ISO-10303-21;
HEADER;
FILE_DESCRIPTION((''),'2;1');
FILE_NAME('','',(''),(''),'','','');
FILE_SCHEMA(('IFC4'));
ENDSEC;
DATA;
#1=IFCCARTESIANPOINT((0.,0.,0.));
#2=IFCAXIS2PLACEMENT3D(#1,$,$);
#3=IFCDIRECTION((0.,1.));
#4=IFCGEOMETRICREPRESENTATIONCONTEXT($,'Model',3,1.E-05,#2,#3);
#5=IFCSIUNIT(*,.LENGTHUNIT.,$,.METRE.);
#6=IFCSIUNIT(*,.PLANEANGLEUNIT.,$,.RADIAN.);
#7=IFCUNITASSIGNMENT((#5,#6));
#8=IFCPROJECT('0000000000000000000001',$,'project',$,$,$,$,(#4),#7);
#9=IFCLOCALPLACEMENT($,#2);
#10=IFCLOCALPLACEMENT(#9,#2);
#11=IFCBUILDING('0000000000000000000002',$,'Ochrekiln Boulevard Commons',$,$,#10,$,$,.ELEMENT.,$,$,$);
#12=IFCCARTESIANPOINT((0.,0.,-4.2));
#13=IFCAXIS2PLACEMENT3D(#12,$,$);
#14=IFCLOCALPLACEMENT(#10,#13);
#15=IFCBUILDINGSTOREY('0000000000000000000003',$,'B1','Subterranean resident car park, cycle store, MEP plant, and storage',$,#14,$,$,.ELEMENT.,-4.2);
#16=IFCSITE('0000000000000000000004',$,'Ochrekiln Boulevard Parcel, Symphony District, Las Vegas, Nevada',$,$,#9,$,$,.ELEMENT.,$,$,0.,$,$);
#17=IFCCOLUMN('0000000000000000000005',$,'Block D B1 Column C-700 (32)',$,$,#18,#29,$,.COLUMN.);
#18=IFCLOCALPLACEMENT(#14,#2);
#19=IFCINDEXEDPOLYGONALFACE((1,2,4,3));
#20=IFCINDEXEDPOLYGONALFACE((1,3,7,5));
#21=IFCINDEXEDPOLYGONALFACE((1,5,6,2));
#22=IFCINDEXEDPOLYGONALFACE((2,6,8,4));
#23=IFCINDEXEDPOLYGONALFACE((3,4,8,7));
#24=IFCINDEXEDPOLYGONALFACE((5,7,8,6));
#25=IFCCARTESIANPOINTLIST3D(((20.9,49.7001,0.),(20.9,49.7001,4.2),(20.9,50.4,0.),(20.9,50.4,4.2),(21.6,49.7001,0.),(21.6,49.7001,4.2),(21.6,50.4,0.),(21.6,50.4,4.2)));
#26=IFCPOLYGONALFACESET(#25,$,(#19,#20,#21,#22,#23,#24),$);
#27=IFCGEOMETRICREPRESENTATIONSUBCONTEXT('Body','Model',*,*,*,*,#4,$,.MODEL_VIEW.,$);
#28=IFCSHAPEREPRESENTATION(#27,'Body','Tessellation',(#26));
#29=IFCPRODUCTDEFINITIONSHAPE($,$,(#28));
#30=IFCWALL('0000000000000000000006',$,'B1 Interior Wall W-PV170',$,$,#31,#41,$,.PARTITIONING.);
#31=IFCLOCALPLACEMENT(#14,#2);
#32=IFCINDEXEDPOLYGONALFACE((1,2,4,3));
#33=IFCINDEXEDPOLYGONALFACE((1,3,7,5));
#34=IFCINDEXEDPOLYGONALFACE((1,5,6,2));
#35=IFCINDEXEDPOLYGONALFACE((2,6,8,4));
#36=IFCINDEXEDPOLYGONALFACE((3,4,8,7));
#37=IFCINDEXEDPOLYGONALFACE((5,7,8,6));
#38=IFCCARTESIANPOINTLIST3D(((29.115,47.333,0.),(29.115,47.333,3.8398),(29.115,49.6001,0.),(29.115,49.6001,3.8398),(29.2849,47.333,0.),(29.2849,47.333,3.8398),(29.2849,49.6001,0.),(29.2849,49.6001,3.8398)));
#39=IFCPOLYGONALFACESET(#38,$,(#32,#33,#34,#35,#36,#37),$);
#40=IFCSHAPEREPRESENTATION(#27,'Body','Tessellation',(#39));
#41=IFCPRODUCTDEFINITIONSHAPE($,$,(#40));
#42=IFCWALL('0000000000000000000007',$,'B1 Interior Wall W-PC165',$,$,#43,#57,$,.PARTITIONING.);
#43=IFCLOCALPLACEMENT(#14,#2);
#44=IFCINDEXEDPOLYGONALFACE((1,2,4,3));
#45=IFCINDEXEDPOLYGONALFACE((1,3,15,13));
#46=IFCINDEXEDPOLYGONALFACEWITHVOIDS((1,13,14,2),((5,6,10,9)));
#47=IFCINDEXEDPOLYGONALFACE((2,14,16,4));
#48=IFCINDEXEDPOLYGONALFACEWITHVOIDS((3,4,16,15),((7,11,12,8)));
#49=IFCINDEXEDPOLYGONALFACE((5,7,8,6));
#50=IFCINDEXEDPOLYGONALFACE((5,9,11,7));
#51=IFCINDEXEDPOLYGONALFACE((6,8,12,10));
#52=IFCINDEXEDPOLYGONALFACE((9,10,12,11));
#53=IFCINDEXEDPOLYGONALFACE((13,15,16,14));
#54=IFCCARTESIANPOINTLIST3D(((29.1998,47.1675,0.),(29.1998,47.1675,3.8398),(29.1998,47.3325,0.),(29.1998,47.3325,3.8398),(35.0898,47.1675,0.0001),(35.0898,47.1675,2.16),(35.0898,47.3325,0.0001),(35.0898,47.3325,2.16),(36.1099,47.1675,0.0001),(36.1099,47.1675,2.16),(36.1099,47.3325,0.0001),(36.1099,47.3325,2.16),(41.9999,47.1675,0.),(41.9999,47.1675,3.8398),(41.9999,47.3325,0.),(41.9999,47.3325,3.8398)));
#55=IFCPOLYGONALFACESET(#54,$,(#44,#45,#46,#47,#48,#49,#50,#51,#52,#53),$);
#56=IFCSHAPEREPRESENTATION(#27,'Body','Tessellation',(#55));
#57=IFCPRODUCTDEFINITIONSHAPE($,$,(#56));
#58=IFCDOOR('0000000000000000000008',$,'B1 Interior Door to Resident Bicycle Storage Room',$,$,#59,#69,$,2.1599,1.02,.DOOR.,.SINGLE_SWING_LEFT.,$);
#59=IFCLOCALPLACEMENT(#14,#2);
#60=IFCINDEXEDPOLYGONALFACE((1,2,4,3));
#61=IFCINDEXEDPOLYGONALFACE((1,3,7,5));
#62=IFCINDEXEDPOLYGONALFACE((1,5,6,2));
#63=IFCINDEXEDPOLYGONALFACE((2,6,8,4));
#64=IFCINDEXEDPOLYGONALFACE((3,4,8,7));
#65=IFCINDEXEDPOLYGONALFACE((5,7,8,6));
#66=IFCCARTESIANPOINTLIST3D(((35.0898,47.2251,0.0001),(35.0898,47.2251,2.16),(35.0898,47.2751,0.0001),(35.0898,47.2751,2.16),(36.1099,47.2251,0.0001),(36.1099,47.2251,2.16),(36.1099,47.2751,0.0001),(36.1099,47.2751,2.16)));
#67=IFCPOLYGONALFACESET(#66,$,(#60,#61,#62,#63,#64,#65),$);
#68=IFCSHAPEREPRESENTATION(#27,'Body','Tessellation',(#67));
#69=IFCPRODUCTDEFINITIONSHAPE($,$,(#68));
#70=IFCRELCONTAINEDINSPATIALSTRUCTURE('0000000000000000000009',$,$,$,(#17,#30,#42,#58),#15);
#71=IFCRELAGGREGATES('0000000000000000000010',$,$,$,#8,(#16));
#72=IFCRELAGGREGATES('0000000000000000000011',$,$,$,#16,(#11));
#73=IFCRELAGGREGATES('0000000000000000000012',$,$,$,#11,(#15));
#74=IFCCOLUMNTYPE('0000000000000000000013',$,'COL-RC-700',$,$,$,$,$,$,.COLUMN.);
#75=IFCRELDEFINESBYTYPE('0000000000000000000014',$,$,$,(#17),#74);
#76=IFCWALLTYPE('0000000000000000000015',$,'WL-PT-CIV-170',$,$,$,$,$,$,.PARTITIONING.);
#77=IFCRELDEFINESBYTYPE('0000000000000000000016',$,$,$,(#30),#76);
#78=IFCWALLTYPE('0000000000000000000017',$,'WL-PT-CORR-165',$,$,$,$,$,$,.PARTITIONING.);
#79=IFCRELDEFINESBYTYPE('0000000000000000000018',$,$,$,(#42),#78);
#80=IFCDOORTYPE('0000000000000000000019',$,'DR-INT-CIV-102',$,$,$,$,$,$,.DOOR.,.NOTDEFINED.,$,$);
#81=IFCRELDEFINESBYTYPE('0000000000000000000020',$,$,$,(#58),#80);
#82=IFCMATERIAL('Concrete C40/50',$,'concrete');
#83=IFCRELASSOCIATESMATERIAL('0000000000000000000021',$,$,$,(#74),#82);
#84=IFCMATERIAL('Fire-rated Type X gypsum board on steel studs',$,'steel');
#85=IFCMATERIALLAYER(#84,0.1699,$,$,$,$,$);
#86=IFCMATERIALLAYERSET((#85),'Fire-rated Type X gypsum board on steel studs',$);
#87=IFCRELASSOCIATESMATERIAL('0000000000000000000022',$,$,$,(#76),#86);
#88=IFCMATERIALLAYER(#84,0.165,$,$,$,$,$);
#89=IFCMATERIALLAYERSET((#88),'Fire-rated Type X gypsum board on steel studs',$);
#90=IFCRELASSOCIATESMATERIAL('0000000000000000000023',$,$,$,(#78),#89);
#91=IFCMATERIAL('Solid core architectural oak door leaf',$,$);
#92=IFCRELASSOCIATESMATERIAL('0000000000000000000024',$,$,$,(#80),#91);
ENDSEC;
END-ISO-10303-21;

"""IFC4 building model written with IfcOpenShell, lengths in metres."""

from ifc_helpers import new_model, si_unit, direction, frame, frame_2d, origin, origin_2d, place, context, subcontext, project, spatial, rectangle, extrude, material, layer, layer_set, material_profile, profile_set, type_object, element, fill, save


model = new_model("IFC4")

# Units and contexts
model_context = context("Model", 3, precision=1e-05, world=origin(), true_north=direction((0.0, 1.0)))
body_context = subcontext(model_context, "Body", "Model", "MODEL_VIEW")
ifc_project = project(units=[si_unit("LENGTHUNIT", "METRE"), si_unit("PLANEANGLEUNIT", "RADIAN")], contexts=[model_context])

# Site, building, storey
site_placement = place(None, origin())
site = spatial("IfcSite", under=ifc_project, at=site_placement, Name="Ochrekiln Boulevard Parcel, Symphony District, Las Vegas, Nevada", CompositionType="ELEMENT", RefElevation=0.0)
building_placement = place(site_placement, origin())
building = spatial("IfcBuilding", under=site, at=building_placement, Name="Ochrekiln Boulevard Commons", CompositionType="ELEMENT")
storey_placement = place(building_placement, frame((0.0, 0.0, -4.2)))
storey = spatial("IfcBuildingStorey", under=building, at=storey_placement, Name="B1", Description="Subterranean resident car park, cycle store, MEP plant, and storage", CompositionType="ELEMENT", Elevation=-4.2)

# Column
ifc_material_1 = material(Name="Concrete C40/50", Category="concrete")
ifc_material_profile_1 = material_profile(ifc_material_1, rectangle(XDim=0.7, YDim=0.7, at=origin_2d()), Name="RC-COL-700x700")
ifc_profile_set_1 = profile_set([ifc_material_profile_1], Name="Concrete C40/50")
column_type_1 = type_object("IfcColumnType", Name="COL-RC-700", PredefinedType="COLUMN", material=ifc_profile_set_1)
column_placement = place(storey_placement, frame((21.25, 50.05, 0.0), z_axis=(0.0, 0.0, 1.0), x_axis=(1.0, 0.0, 0.0)))
element("IfcColumn", 1, at=column_placement, inside=storey, type_object=column_type_1, Name="Block D B1 Column C-700 (32)", PredefinedType="COLUMN", context=body_context, shape_type="SweptSolid", body=[
    extrude(rectangle(XDim=0.7, YDim=0.7, at=origin_2d()), origin(), (0.0, 0.0, 1.0), 4.2),
])

# Wall
ifc_material_2 = material(Name="Fire-rated Type X gypsum board on steel studs", Category="steel")
ifc_layer_1 = layer(ifc_material_2, 0.1699)
ifc_layer_set_1 = layer_set([ifc_layer_1], Name="Fire-rated Type X gypsum board on steel studs")
wall_type_1 = type_object("IfcWallType", Name="WL-PT-CIV-170", PredefinedType="PARTITIONING", material=ifc_layer_set_1)
wall_1_placement = place(storey_placement, frame((29.2, 47.333, 0.0), z_axis=(0.0, 0.0, 1.0), x_axis=(0.0, 1.0, 0.0)))
element("IfcWall", 2, at=wall_1_placement, inside=storey, type_object=wall_type_1, Name="B1 Interior Wall W-PV170", PredefinedType="PARTITIONING", context=body_context, shape_type="SweptSolid", body=[
    extrude(rectangle(XDim=2.2671, YDim=0.1699, at=frame_2d((1.1335, 0.0))), origin(), (0.0, 0.0, 1.0), 3.8398),
])

# Wall, opening, door
ifc_layer_2 = layer(ifc_material_2, 0.165)
ifc_layer_set_2 = layer_set([ifc_layer_2], Name="Fire-rated Type X gypsum board on steel studs")
wall_type_2 = type_object("IfcWallType", Name="WL-PT-CORR-165", PredefinedType="PARTITIONING", material=ifc_layer_set_2)
wall_2_placement = place(storey_placement, frame((29.2, 47.25, 0.0), z_axis=(0.0, 0.0, 1.0), x_axis=(1.0, 0.0, 0.0)))
wall_2 = element("IfcWall", 3, at=wall_2_placement, inside=storey, type_object=wall_type_2, Name="B1 Interior Wall W-PC165", PredefinedType="PARTITIONING", context=body_context, shape_type="SweptSolid", body=[
    extrude(rectangle(XDim=12.8, YDim=0.165, at=frame_2d((6.3999, 0.0))), origin(), (0.0, 0.0, 1.0), 3.8398),
])
opening_placement = place(wall_2_placement, frame((5.8899, 0.0, 0.0)))
opening = element("IfcOpeningElement", 4, at=opening_placement, cuts=wall_2, PredefinedType="OPENING", context=body_context, shape_type="SweptSolid", body=[
    extrude(rectangle(XDim=1.02, YDim=2.1599, at=frame_2d((0.51, 1.0801))), frame((0.0, 0.0925, 0.0), z_axis=(0.0, -1.0, 0.0), x_axis=(1.0, 0.0, 0.0)), (0.0, 0.0, 1.0), 0.1851),
])
ifc_material_3 = material(Name="Solid core architectural oak door leaf")
door_type = type_object("IfcDoorType", Name="DR-INT-CIV-102", OperationType="NOTDEFINED", PredefinedType="DOOR", material=ifc_material_3)
door_placement = place(opening_placement, frame((1.02, 0.0, 0.0), z_axis=(0.0, 0.0, 1.0), x_axis=(-1.0, 0.0, 0.0)))
door = element("IfcDoor", 5, at=door_placement, inside=storey, type_object=door_type, Name="B1 Interior Door to Resident Bicycle Storage Room", OperationType="SINGLE_SWING_LEFT", OverallHeight=2.1599, OverallWidth=1.02, PredefinedType="DOOR", context=body_context, shape_type="SweptSolid", body=[
    extrude(rectangle(XDim=1.02, YDim=2.1599, at=frame_2d((0.51, 1.0801))), frame((0.0, 0.0249, 0.0), z_axis=(0.0, -1.0, 0.0), x_axis=(1.0, 0.0, 0.0)), (0.0, 0.0, 1.0), 0.05),
])
fill(opening, door)

save(model, "model.ifc")
